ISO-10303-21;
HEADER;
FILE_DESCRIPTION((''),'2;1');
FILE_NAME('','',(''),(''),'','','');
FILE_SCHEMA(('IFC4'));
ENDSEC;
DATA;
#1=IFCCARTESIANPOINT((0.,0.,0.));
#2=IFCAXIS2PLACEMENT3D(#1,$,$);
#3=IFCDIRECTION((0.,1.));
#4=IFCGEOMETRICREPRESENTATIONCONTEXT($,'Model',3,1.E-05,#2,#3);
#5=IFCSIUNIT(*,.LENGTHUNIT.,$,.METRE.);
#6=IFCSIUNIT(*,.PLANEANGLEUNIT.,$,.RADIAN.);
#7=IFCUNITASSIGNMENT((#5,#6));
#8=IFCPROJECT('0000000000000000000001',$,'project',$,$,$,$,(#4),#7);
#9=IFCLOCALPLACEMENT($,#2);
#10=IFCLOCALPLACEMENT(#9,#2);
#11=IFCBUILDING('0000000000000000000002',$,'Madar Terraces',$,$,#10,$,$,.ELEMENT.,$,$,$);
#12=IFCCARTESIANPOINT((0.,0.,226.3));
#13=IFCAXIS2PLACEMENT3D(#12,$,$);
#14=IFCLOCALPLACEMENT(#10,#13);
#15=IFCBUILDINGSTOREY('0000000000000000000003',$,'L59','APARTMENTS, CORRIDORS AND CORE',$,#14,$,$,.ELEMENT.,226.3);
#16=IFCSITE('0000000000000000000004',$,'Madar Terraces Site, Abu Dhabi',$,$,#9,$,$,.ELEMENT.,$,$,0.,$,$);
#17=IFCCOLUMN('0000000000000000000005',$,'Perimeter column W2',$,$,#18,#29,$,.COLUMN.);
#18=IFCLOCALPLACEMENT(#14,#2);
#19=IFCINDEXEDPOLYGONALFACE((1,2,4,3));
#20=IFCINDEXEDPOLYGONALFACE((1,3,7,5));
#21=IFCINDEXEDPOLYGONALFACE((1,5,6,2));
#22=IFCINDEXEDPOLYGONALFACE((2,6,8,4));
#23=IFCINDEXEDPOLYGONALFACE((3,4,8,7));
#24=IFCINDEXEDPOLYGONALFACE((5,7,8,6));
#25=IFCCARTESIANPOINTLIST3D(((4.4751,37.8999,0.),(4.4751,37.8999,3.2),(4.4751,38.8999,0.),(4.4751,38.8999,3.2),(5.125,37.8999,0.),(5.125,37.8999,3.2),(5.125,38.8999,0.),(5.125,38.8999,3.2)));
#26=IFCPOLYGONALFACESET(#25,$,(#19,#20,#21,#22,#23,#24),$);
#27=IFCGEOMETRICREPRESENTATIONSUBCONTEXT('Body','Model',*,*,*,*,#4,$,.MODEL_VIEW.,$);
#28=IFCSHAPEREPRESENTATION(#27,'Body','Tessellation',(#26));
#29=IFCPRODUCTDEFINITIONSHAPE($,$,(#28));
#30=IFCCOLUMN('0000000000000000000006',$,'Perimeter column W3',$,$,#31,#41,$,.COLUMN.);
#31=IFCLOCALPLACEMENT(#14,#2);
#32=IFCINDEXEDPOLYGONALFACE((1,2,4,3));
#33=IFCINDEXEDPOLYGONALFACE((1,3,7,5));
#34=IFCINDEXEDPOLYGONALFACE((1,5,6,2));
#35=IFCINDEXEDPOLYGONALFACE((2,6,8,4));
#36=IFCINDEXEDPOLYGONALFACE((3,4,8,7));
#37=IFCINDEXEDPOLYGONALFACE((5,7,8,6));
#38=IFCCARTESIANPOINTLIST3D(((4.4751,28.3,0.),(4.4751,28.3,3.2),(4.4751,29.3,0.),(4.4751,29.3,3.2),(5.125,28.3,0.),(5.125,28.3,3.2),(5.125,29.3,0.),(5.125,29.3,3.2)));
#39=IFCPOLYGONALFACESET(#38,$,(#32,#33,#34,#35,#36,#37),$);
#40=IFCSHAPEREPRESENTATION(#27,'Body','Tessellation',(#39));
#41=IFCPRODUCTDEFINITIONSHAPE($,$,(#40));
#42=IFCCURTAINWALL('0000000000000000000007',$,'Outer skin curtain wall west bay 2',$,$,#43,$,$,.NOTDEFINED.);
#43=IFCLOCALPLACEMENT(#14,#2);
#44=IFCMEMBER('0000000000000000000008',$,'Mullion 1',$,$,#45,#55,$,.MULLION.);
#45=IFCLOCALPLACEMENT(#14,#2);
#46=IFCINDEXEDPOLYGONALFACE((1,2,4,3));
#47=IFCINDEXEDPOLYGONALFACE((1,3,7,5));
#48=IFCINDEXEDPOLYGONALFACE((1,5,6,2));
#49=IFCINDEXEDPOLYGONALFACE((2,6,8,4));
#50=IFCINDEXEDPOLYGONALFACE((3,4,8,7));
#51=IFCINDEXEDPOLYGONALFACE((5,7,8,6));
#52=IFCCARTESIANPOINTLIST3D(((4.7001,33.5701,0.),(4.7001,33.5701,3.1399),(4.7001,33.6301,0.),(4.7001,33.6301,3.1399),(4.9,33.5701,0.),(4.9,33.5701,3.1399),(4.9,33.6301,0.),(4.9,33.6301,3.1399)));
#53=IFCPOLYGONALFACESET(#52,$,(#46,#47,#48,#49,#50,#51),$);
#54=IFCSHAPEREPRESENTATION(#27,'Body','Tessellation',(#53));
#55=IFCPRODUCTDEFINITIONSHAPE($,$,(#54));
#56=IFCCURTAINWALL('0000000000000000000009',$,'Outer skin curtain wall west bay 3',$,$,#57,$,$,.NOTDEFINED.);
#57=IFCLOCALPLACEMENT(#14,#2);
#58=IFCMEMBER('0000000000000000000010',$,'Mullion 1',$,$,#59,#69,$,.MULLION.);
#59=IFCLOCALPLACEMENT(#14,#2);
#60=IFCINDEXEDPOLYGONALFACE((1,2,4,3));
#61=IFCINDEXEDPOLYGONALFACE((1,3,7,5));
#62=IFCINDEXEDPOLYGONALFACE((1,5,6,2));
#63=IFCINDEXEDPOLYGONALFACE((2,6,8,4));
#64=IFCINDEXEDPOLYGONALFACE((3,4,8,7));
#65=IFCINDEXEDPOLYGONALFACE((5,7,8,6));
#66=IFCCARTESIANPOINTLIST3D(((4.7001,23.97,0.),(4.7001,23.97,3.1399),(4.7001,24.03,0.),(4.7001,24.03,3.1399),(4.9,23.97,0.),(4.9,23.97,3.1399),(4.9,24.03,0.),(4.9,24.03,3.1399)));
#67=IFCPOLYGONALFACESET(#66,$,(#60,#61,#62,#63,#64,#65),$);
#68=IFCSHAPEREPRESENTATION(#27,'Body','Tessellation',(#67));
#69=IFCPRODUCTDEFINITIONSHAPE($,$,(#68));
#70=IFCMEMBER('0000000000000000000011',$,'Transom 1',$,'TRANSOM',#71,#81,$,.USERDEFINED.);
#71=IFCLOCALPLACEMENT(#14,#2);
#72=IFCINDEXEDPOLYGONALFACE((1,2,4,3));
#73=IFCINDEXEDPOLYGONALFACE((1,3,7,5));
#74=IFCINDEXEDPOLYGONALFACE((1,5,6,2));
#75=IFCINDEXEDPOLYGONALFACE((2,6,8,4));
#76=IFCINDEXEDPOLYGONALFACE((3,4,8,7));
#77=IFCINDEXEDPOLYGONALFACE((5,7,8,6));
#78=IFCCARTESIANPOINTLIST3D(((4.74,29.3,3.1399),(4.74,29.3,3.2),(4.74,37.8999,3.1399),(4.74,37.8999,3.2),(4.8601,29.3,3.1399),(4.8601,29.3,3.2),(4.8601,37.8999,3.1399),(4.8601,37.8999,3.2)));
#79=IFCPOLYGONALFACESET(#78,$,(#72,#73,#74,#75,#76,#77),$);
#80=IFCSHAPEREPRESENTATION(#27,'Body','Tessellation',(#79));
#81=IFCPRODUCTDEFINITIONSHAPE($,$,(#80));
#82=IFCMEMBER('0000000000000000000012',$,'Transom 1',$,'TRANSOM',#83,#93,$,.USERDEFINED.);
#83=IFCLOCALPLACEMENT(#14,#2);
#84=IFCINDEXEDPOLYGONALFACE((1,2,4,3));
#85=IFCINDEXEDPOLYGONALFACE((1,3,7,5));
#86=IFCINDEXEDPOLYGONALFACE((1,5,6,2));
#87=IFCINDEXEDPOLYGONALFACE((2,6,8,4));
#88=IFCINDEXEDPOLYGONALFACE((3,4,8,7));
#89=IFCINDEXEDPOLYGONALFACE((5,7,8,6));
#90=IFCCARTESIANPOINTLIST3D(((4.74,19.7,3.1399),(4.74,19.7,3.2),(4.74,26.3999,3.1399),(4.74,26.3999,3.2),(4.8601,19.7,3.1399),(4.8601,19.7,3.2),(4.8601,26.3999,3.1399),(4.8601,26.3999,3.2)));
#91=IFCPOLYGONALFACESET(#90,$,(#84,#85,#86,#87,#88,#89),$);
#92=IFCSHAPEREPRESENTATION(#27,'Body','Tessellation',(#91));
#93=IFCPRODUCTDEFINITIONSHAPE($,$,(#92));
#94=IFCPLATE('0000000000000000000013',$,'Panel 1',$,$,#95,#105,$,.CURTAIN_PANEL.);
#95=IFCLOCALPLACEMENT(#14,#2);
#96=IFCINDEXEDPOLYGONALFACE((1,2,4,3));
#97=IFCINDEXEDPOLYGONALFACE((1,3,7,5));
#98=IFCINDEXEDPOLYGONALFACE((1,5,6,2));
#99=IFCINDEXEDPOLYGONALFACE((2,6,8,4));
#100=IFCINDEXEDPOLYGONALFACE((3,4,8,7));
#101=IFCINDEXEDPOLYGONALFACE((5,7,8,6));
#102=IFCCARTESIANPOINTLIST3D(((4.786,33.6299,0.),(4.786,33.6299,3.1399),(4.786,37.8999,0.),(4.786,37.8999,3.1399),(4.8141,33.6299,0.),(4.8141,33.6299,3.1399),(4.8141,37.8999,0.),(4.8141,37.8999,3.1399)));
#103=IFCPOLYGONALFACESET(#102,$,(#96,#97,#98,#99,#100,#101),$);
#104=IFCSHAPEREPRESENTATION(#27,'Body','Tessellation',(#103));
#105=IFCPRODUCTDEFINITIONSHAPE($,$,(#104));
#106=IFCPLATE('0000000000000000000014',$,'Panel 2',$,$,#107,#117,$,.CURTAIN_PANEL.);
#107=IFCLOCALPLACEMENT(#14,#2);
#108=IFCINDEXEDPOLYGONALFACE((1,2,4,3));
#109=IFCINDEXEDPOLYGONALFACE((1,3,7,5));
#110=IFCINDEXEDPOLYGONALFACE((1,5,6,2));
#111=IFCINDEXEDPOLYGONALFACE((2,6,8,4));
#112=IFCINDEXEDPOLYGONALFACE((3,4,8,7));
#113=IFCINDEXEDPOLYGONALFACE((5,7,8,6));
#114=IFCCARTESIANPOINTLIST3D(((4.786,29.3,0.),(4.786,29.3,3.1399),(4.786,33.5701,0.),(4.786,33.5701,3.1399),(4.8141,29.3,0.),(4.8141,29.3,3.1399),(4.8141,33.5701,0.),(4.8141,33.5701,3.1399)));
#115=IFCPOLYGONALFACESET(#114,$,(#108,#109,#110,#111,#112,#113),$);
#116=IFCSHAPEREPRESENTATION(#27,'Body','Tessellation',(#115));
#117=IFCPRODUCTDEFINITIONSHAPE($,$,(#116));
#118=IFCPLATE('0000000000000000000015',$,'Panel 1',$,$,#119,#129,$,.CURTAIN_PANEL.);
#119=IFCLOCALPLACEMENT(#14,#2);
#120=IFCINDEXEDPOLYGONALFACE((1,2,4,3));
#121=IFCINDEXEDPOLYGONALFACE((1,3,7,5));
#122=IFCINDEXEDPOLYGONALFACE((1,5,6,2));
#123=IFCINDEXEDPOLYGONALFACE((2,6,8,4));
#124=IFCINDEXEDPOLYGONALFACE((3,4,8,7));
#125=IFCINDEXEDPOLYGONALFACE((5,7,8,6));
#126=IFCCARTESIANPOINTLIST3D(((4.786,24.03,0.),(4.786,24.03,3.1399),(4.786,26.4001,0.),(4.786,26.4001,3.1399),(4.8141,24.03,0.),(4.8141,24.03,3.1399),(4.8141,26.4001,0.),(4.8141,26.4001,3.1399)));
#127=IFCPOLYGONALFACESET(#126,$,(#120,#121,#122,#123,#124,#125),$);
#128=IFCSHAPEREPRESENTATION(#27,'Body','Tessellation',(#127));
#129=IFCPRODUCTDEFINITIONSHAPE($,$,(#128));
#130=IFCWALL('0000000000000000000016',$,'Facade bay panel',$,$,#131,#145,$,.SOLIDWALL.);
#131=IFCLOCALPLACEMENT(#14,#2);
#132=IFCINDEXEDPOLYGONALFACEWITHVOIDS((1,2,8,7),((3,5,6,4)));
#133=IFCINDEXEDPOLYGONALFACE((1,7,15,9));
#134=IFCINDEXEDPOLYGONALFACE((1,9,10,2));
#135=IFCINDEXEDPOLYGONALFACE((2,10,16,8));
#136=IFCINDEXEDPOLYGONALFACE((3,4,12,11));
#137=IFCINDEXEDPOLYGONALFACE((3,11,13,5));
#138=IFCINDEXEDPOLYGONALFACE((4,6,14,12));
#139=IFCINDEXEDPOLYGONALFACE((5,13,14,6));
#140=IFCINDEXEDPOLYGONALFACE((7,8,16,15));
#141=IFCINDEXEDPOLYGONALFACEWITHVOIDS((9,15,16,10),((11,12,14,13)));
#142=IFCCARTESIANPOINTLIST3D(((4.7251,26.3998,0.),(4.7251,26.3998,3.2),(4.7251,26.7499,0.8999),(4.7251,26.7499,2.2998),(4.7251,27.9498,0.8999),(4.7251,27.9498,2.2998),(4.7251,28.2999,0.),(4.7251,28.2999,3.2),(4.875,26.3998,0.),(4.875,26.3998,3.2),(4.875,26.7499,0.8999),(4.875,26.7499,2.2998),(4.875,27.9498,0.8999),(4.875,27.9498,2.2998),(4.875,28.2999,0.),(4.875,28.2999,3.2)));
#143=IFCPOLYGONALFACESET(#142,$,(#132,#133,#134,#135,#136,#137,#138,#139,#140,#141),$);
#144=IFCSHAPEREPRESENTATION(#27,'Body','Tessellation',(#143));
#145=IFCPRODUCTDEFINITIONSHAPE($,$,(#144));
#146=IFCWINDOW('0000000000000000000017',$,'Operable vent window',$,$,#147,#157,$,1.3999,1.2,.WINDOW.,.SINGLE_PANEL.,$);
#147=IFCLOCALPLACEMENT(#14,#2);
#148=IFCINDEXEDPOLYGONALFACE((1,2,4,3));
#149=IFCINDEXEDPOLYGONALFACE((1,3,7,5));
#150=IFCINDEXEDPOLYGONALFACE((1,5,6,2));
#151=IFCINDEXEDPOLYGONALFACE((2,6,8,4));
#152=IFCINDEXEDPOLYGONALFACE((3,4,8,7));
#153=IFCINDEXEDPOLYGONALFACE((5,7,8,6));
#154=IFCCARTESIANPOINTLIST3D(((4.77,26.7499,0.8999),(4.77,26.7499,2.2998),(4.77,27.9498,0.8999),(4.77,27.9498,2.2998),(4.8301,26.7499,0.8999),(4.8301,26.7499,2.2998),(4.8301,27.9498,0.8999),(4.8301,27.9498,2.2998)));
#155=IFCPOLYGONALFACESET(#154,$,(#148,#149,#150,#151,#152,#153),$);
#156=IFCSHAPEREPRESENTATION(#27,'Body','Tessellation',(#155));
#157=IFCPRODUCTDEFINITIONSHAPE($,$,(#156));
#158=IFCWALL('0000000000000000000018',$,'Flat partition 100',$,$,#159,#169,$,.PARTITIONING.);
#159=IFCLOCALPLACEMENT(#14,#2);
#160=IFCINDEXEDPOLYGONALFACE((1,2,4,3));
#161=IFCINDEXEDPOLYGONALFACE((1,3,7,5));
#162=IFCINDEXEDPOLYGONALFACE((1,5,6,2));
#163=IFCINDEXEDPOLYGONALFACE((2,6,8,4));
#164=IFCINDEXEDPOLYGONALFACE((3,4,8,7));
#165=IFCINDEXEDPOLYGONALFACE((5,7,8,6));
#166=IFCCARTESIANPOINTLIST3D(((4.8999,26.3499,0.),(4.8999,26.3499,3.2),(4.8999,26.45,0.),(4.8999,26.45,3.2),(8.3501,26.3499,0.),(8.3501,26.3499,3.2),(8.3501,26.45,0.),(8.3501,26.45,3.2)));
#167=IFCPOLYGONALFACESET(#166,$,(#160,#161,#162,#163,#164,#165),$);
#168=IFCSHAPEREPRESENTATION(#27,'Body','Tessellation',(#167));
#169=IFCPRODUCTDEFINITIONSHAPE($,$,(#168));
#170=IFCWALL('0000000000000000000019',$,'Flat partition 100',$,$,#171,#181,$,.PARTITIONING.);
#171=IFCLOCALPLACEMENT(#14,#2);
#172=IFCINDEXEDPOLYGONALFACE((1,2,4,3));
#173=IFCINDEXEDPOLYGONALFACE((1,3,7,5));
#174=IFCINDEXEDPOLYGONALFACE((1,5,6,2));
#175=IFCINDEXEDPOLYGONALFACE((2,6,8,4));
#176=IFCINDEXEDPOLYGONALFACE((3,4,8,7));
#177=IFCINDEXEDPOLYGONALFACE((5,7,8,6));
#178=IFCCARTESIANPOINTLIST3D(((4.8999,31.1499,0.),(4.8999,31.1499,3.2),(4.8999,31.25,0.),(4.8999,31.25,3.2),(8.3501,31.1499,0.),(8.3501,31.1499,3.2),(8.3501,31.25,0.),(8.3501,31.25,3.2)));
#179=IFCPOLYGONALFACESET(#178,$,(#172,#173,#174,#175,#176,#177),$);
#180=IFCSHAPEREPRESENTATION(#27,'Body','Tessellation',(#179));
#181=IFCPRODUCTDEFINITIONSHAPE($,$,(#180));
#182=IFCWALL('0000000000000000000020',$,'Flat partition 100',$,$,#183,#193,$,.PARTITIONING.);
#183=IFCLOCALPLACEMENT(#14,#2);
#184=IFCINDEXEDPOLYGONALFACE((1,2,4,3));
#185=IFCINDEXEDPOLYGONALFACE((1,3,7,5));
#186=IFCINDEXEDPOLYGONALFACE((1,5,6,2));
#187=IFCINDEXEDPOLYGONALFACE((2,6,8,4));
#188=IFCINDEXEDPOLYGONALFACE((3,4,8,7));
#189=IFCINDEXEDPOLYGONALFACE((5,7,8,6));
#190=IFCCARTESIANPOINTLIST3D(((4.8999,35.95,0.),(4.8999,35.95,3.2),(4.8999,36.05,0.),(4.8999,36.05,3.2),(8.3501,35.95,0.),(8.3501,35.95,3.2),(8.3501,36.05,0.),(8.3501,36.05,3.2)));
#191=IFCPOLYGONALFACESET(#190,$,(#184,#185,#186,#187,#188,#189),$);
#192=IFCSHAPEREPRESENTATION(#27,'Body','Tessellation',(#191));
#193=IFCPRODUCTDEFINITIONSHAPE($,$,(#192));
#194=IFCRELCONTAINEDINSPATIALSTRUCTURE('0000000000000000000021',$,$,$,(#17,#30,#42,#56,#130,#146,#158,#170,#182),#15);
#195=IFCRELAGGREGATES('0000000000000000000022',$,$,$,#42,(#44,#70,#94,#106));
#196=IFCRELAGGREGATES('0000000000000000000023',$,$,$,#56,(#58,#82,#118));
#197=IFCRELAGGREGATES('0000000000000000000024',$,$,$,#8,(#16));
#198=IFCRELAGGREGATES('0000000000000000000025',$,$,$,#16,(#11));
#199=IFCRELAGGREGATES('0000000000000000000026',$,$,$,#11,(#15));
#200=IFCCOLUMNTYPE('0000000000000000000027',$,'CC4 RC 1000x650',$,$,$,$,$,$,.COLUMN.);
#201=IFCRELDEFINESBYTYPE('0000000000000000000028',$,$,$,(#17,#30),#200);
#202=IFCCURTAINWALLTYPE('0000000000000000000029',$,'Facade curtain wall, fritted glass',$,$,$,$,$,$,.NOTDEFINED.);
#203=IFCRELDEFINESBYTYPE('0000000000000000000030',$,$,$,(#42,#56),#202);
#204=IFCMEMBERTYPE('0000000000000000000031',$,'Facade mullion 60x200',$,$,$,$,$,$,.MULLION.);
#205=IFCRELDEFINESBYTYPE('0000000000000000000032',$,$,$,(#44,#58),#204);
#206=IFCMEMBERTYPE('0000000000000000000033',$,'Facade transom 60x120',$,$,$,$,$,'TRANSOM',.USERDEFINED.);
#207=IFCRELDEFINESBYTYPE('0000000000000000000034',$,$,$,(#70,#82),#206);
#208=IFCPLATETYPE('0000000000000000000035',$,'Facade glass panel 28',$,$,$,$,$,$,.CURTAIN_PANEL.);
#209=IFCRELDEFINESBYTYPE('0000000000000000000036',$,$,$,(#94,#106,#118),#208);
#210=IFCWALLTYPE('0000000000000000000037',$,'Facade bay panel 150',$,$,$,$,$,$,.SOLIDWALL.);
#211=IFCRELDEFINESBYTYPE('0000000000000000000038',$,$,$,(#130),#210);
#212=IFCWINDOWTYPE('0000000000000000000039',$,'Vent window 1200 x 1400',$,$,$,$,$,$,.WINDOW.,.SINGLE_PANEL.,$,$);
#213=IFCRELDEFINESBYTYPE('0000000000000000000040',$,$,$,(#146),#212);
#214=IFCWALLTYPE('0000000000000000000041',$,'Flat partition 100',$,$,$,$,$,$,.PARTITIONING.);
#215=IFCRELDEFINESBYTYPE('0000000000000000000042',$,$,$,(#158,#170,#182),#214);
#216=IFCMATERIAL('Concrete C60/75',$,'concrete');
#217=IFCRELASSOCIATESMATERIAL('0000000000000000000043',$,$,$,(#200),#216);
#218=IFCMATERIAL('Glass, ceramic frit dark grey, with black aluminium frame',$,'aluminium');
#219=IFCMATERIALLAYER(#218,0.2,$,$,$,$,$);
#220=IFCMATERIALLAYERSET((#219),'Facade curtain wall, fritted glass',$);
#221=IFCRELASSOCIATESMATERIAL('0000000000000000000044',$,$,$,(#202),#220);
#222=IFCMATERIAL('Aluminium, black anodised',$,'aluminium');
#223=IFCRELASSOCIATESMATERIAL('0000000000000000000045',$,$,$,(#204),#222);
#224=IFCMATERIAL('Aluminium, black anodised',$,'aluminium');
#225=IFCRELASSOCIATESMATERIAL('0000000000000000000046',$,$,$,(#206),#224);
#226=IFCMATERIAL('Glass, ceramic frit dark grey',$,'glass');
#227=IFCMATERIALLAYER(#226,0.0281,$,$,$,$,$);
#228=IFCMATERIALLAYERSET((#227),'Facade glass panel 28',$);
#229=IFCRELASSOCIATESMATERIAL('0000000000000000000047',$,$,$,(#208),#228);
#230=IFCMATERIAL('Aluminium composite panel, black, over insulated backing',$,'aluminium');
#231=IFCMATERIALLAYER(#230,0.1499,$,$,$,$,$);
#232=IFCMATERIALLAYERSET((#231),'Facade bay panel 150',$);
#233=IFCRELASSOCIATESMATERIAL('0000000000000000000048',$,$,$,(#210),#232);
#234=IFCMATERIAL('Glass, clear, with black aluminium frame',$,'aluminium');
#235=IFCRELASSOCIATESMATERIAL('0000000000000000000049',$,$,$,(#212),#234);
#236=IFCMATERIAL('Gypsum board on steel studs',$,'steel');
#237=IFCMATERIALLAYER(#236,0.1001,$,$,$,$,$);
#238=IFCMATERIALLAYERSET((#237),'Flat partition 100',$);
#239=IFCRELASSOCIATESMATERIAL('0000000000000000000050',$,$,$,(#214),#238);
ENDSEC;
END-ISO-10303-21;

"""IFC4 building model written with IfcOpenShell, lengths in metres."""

from ifc_helpers import new_model, si_unit, direction, frame, frame_2d, origin, origin_2d, place, context, subcontext, project, spatial, rectangle, extrude, material, layer, layer_set, material_profile, profile_set, type_object, element, fill, aggregate, save


model = new_model("IFC4")

# Units and contexts
model_context = context("Model", 3, precision=1e-05, world=origin(), true_north=direction((0.0, 1.0)))
body_context = subcontext(model_context, "Body", "Model", "MODEL_VIEW")
ifc_project = project(units=[si_unit("LENGTHUNIT", "METRE"), si_unit("PLANEANGLEUNIT", "RADIAN")], contexts=[model_context])

# Site, building, storey
site_placement = place(None, origin())
site = spatial("IfcSite", under=ifc_project, at=site_placement, Name="Madar Terraces Site, Abu Dhabi", CompositionType="ELEMENT", RefElevation=0.0)
building_placement = place(site_placement, origin())
building = spatial("IfcBuilding", under=site, at=building_placement, Name="Madar Terraces", CompositionType="ELEMENT")
storey_placement = place(building_placement, frame((0.0, 0.0, 226.3)))
storey = spatial("IfcBuildingStorey", under=building, at=storey_placement, Name="L59", Description="APARTMENTS, CORRIDORS AND CORE", CompositionType="ELEMENT", Elevation=226.3)

# Columns
ifc_material_1 = material(Name="Concrete C60/75", Category="concrete")
ifc_material_profile_1 = material_profile(ifc_material_1, rectangle(XDim=1.0, YDim=0.6499, at=origin_2d()), Name="CC4 RC 1000x650")
ifc_profile_set_1 = profile_set([ifc_material_profile_1], Name="Concrete C60/75")
column_type = type_object("IfcColumnType", Name="CC4 RC 1000x650", PredefinedType="COLUMN", material=ifc_profile_set_1)
for number, where, z_axis, x_axis, name in (
    (1, (4.8, 38.3999, 0.0), (0.0, 0.0, 1.0), (0.0, 1.0, 0.0), "Perimeter column W2"),
    (2, (4.8, 28.8, 0.0), (0.0, 0.0, 1.0), (0.0, 1.0, 0.0), "Perimeter column W3"),
):
    element("IfcColumn", number, at=place(storey_placement, frame(where, z_axis=z_axis, x_axis=x_axis)), inside=storey, type_object=column_type, Name=name, PredefinedType="COLUMN", context=body_context, shape_type="SweptSolid", body=[
        extrude(rectangle(XDim=1.0, YDim=0.6499, at=origin_2d()), origin(), (0.0, 0.0, 1.0), 3.2),
    ])

# Curtain walls, members
ifc_material_2 = material(Name="Glass, ceramic frit dark grey, with black aluminium frame", Category="aluminium")
ifc_layer_1 = layer(ifc_material_2, 0.2)
ifc_layer_set_1 = layer_set([ifc_layer_1], Name="Facade curtain wall, fritted glass")
curtain_wall_type = type_object("IfcCurtainWallType", Name="Facade curtain wall, fritted glass", PredefinedType="NOTDEFINED", material=ifc_layer_set_1)
curtain_wall_1_placement = place(storey_placement, origin())
curtain_wall_1 = element("IfcCurtainWall", 3, at=curtain_wall_1_placement, inside=storey, type_object=curtain_wall_type, Name="Outer skin curtain wall west bay 2", PredefinedType="NOTDEFINED")
ifc_material_3 = material(Name="Aluminium, black anodised", Category="aluminium")
ifc_material_profile_2 = material_profile(ifc_material_3, rectangle(XDim=0.2, YDim=0.0601, at=origin_2d()), Name="Facade mullion 60x200")
ifc_profile_set_2 = profile_set([ifc_material_profile_2], Name="Aluminium, black anodised")
member_type_1 = type_object("IfcMemberType", Name="Facade mullion 60x200", PredefinedType="MULLION", material=ifc_profile_set_2)
member_1_placement = place(storey_placement, frame((4.8, 33.6001, 0.0), z_axis=(0.0, 0.0, 1.0), x_axis=(1.0, 0.0, 0.0)))
member_1 = element("IfcMember", 4, at=member_1_placement, type_object=member_type_1, Name="Mullion 1", PredefinedType="MULLION", context=body_context, shape_type="SweptSolid", body=[
    extrude(rectangle(XDim=0.2, YDim=0.0601, at=origin_2d()), origin(), (0.0, 0.0, 1.0), 3.1399),
])
curtain_wall_2_placement = place(storey_placement, origin())
curtain_wall_2 = element("IfcCurtainWall", 5, at=curtain_wall_2_placement, inside=storey, type_object=curtain_wall_type, Name="Outer skin curtain wall west bay 3", PredefinedType="NOTDEFINED")
member_2_placement = place(storey_placement, frame((4.8, 24.0, 0.0), z_axis=(0.0, 0.0, 1.0), x_axis=(1.0, 0.0, 0.0)))
member_2 = element("IfcMember", 6, at=member_2_placement, type_object=member_type_1, Name="Mullion 1", PredefinedType="MULLION", context=body_context, shape_type="SweptSolid", body=[
    extrude(rectangle(XDim=0.2, YDim=0.0601, at=origin_2d()), origin(), (0.0, 0.0, 1.0), 3.1399),
])

# Members
ifc_material_4 = material(Name="Aluminium, black anodised", Category="aluminium")
ifc_material_profile_3 = material_profile(ifc_material_4, rectangle(XDim=0.1201, YDim=0.0601, at=origin_2d()), Name="Facade transom 60x120")
ifc_profile_set_3 = profile_set([ifc_material_profile_3], Name="Aluminium, black anodised")
member_type_2 = type_object("IfcMemberType", Name="Facade transom 60x120", ElementType="TRANSOM", PredefinedType="USERDEFINED", material=ifc_profile_set_3)
member_3_placement = place(storey_placement, frame((4.8, 37.8999, 3.1699), z_axis=(0.0, -1.0, 0.0), x_axis=(1.0, 0.0, 0.0)))
member_3 = element("IfcMember", 7, at=member_3_placement, type_object=member_type_2, Name="Transom 1", ObjectType="TRANSOM", PredefinedType="USERDEFINED", context=body_context, shape_type="SweptSolid", body=[
    extrude(rectangle(XDim=0.1201, YDim=0.0601, at=origin_2d()), origin(), (0.0, 0.0, 1.0), 8.5999),
])
member_4_placement = place(storey_placement, frame((4.8, 26.3999, 3.1699), z_axis=(0.0, -1.0, 0.0), x_axis=(1.0, 0.0, 0.0)))
member_4 = element("IfcMember", 8, at=member_4_placement, type_object=member_type_2, Name="Transom 1", ObjectType="TRANSOM", PredefinedType="USERDEFINED", context=body_context, shape_type="SweptSolid", body=[
    extrude(rectangle(XDim=0.1201, YDim=0.0601, at=origin_2d()), origin(), (0.0, 0.0, 1.0), 6.7),
])

# Plates
ifc_material_5 = material(Name="Glass, ceramic frit dark grey", Category="glass")
ifc_layer_2 = layer(ifc_material_5, 0.0281)
ifc_layer_set_2 = layer_set([ifc_layer_2], Name="Facade glass panel 28")
plate_type = type_object("IfcPlateType", Name="Facade glass panel 28", PredefinedType="CURTAIN_PANEL", material=ifc_layer_set_2)
plate_1_placement = place(storey_placement, frame((4.8, 35.7649, 0.0), z_axis=(0.0, 0.0, 1.0), x_axis=(0.0, -1.0, 0.0)))
plate_1 = element("IfcPlate", 9, at=plate_1_placement, type_object=plate_type, Name="Panel 1", PredefinedType="CURTAIN_PANEL", context=body_context, shape_type="SweptSolid", body=[
    extrude(rectangle(XDim=4.27, YDim=0.0281, at=origin_2d()), origin(), (0.0, 0.0, 1.0), 3.1399),
])
plate_2_placement = place(storey_placement, frame((4.8, 31.4351, 0.0), z_axis=(0.0, 0.0, 1.0), x_axis=(0.0, -1.0, 0.0)))
plate_2 = element("IfcPlate", 10, at=plate_2_placement, type_object=plate_type, Name="Panel 2", PredefinedType="CURTAIN_PANEL", context=body_context, shape_type="SweptSolid", body=[
    extrude(rectangle(XDim=4.27, YDim=0.0281, at=origin_2d()), origin(), (0.0, 0.0, 1.0), 3.1399),
])
aggregate(curtain_wall_1, [member_1, member_3, plate_1, plate_2])
plate_3_placement = place(storey_placement, frame((4.8, 25.2151, 0.0), z_axis=(0.0, 0.0, 1.0), x_axis=(0.0, -1.0, 0.0)))
plate_3 = element("IfcPlate", 11, at=plate_3_placement, type_object=plate_type, Name="Panel 1", PredefinedType="CURTAIN_PANEL", context=body_context, shape_type="SweptSolid", body=[
    extrude(rectangle(XDim=2.3701, YDim=0.0281, at=origin_2d()), origin(), (0.0, 0.0, 1.0), 3.1399),
])
aggregate(curtain_wall_2, [member_2, member_4, plate_3])

# Wall, opening, window
ifc_material_6 = material(Name="Aluminium composite panel, black, over insulated backing", Category="aluminium")
ifc_layer_3 = layer(ifc_material_6, 0.1499)
ifc_layer_set_3 = layer_set([ifc_layer_3], Name="Facade bay panel 150")
wall_type_1 = type_object("IfcWallType", Name="Facade bay panel 150", PredefinedType="SOLIDWALL", material=ifc_layer_set_3)
wall_1_placement = place(storey_placement, frame((4.8, 28.3, 0.0), z_axis=(0.0, 0.0, 1.0), x_axis=(0.0, -1.0, 0.0)))
wall_1 = element("IfcWall", 12, at=wall_1_placement, inside=storey, type_object=wall_type_1, Name="Facade bay panel", PredefinedType="SOLIDWALL", context=body_context, shape_type="SweptSolid", body=[
    extrude(rectangle(XDim=1.9001, YDim=0.1499, at=frame_2d((0.9502, 0.0))), origin(), (0.0, 0.0, 1.0), 3.2),
])
opening_1_placement = place(wall_1_placement, frame((0.3501, 0.0, 0.8999)))
opening_1 = element("IfcOpeningElement", 13, at=opening_1_placement, cuts=wall_1, PredefinedType="OPENING", context=body_context, shape_type="SweptSolid", body=[
    extrude(rectangle(XDim=1.2, YDim=1.3999, at=frame_2d((0.6001, 0.7))), frame((0.0, 0.085, 0.0), z_axis=(0.0, -1.0, 0.0), x_axis=(1.0, 0.0, 0.0)), (0.0, 0.0, 1.0), 0.1699),
])
ifc_material_7 = material(Name="Glass, clear, with black aluminium frame", Category="aluminium")
window_type = type_object("IfcWindowType", Name="Vent window 1200 x 1400", PartitioningType="SINGLE_PANEL", PredefinedType="WINDOW", material=ifc_material_7)
window_placement = place(opening_1_placement, origin())
window = element("IfcWindow", 14, at=window_placement, inside=storey, type_object=window_type, Name="Operable vent window", OverallHeight=1.3999, OverallWidth=1.2, PartitioningType="SINGLE_PANEL", PredefinedType="WINDOW", context=body_context, shape_type="SweptSolid", body=[
    extrude(rectangle(XDim=1.2, YDim=1.3999, at=frame_2d((0.6001, 0.7))), frame((0.0, 0.03, 0.0), z_axis=(0.0, -1.0, 0.0), x_axis=(1.0, 0.0, 0.0)), (0.0, 0.0, 1.0), 0.0601),
])
fill(opening_1, window)

# Walls
ifc_material_8 = material(Name="Gypsum board on steel studs", Category="steel")
ifc_layer_4 = layer(ifc_material_8, 0.1001)
ifc_layer_set_4 = layer_set([ifc_layer_4], Name="Flat partition 100")
wall_type_2 = type_object("IfcWallType", Name="Flat partition 100", PredefinedType="PARTITIONING", material=ifc_layer_set_4)
for number, where, z_axis, x_axis, name in (
    (15, (8.3501, 26.3999, 0.0), (0.0, 0.0, 1.0), (-1.0, 0.0, 0.0), "Flat partition 100"),
    (16, (8.3501, 31.2, 0.0), (0.0, 0.0, 1.0), (-1.0, 0.0, 0.0), "Flat partition 100"),
    (17, (8.3501, 36.0, 0.0), (0.0, 0.0, 1.0), (-1.0, 0.0, 0.0), "Flat partition 100"),
):
    element("IfcWall", number, at=place(storey_placement, frame(where, z_axis=z_axis, x_axis=x_axis)), inside=storey, type_object=wall_type_2, Name=name, PredefinedType="PARTITIONING", context=body_context, shape_type="SweptSolid", body=[
        extrude(rectangle(XDim=3.4502, YDim=0.1001, at=frame_2d((1.7251, 0.0))), origin(), (0.0, 0.0, 1.0), 3.2),
    ])

save(model, "model.ifc")
